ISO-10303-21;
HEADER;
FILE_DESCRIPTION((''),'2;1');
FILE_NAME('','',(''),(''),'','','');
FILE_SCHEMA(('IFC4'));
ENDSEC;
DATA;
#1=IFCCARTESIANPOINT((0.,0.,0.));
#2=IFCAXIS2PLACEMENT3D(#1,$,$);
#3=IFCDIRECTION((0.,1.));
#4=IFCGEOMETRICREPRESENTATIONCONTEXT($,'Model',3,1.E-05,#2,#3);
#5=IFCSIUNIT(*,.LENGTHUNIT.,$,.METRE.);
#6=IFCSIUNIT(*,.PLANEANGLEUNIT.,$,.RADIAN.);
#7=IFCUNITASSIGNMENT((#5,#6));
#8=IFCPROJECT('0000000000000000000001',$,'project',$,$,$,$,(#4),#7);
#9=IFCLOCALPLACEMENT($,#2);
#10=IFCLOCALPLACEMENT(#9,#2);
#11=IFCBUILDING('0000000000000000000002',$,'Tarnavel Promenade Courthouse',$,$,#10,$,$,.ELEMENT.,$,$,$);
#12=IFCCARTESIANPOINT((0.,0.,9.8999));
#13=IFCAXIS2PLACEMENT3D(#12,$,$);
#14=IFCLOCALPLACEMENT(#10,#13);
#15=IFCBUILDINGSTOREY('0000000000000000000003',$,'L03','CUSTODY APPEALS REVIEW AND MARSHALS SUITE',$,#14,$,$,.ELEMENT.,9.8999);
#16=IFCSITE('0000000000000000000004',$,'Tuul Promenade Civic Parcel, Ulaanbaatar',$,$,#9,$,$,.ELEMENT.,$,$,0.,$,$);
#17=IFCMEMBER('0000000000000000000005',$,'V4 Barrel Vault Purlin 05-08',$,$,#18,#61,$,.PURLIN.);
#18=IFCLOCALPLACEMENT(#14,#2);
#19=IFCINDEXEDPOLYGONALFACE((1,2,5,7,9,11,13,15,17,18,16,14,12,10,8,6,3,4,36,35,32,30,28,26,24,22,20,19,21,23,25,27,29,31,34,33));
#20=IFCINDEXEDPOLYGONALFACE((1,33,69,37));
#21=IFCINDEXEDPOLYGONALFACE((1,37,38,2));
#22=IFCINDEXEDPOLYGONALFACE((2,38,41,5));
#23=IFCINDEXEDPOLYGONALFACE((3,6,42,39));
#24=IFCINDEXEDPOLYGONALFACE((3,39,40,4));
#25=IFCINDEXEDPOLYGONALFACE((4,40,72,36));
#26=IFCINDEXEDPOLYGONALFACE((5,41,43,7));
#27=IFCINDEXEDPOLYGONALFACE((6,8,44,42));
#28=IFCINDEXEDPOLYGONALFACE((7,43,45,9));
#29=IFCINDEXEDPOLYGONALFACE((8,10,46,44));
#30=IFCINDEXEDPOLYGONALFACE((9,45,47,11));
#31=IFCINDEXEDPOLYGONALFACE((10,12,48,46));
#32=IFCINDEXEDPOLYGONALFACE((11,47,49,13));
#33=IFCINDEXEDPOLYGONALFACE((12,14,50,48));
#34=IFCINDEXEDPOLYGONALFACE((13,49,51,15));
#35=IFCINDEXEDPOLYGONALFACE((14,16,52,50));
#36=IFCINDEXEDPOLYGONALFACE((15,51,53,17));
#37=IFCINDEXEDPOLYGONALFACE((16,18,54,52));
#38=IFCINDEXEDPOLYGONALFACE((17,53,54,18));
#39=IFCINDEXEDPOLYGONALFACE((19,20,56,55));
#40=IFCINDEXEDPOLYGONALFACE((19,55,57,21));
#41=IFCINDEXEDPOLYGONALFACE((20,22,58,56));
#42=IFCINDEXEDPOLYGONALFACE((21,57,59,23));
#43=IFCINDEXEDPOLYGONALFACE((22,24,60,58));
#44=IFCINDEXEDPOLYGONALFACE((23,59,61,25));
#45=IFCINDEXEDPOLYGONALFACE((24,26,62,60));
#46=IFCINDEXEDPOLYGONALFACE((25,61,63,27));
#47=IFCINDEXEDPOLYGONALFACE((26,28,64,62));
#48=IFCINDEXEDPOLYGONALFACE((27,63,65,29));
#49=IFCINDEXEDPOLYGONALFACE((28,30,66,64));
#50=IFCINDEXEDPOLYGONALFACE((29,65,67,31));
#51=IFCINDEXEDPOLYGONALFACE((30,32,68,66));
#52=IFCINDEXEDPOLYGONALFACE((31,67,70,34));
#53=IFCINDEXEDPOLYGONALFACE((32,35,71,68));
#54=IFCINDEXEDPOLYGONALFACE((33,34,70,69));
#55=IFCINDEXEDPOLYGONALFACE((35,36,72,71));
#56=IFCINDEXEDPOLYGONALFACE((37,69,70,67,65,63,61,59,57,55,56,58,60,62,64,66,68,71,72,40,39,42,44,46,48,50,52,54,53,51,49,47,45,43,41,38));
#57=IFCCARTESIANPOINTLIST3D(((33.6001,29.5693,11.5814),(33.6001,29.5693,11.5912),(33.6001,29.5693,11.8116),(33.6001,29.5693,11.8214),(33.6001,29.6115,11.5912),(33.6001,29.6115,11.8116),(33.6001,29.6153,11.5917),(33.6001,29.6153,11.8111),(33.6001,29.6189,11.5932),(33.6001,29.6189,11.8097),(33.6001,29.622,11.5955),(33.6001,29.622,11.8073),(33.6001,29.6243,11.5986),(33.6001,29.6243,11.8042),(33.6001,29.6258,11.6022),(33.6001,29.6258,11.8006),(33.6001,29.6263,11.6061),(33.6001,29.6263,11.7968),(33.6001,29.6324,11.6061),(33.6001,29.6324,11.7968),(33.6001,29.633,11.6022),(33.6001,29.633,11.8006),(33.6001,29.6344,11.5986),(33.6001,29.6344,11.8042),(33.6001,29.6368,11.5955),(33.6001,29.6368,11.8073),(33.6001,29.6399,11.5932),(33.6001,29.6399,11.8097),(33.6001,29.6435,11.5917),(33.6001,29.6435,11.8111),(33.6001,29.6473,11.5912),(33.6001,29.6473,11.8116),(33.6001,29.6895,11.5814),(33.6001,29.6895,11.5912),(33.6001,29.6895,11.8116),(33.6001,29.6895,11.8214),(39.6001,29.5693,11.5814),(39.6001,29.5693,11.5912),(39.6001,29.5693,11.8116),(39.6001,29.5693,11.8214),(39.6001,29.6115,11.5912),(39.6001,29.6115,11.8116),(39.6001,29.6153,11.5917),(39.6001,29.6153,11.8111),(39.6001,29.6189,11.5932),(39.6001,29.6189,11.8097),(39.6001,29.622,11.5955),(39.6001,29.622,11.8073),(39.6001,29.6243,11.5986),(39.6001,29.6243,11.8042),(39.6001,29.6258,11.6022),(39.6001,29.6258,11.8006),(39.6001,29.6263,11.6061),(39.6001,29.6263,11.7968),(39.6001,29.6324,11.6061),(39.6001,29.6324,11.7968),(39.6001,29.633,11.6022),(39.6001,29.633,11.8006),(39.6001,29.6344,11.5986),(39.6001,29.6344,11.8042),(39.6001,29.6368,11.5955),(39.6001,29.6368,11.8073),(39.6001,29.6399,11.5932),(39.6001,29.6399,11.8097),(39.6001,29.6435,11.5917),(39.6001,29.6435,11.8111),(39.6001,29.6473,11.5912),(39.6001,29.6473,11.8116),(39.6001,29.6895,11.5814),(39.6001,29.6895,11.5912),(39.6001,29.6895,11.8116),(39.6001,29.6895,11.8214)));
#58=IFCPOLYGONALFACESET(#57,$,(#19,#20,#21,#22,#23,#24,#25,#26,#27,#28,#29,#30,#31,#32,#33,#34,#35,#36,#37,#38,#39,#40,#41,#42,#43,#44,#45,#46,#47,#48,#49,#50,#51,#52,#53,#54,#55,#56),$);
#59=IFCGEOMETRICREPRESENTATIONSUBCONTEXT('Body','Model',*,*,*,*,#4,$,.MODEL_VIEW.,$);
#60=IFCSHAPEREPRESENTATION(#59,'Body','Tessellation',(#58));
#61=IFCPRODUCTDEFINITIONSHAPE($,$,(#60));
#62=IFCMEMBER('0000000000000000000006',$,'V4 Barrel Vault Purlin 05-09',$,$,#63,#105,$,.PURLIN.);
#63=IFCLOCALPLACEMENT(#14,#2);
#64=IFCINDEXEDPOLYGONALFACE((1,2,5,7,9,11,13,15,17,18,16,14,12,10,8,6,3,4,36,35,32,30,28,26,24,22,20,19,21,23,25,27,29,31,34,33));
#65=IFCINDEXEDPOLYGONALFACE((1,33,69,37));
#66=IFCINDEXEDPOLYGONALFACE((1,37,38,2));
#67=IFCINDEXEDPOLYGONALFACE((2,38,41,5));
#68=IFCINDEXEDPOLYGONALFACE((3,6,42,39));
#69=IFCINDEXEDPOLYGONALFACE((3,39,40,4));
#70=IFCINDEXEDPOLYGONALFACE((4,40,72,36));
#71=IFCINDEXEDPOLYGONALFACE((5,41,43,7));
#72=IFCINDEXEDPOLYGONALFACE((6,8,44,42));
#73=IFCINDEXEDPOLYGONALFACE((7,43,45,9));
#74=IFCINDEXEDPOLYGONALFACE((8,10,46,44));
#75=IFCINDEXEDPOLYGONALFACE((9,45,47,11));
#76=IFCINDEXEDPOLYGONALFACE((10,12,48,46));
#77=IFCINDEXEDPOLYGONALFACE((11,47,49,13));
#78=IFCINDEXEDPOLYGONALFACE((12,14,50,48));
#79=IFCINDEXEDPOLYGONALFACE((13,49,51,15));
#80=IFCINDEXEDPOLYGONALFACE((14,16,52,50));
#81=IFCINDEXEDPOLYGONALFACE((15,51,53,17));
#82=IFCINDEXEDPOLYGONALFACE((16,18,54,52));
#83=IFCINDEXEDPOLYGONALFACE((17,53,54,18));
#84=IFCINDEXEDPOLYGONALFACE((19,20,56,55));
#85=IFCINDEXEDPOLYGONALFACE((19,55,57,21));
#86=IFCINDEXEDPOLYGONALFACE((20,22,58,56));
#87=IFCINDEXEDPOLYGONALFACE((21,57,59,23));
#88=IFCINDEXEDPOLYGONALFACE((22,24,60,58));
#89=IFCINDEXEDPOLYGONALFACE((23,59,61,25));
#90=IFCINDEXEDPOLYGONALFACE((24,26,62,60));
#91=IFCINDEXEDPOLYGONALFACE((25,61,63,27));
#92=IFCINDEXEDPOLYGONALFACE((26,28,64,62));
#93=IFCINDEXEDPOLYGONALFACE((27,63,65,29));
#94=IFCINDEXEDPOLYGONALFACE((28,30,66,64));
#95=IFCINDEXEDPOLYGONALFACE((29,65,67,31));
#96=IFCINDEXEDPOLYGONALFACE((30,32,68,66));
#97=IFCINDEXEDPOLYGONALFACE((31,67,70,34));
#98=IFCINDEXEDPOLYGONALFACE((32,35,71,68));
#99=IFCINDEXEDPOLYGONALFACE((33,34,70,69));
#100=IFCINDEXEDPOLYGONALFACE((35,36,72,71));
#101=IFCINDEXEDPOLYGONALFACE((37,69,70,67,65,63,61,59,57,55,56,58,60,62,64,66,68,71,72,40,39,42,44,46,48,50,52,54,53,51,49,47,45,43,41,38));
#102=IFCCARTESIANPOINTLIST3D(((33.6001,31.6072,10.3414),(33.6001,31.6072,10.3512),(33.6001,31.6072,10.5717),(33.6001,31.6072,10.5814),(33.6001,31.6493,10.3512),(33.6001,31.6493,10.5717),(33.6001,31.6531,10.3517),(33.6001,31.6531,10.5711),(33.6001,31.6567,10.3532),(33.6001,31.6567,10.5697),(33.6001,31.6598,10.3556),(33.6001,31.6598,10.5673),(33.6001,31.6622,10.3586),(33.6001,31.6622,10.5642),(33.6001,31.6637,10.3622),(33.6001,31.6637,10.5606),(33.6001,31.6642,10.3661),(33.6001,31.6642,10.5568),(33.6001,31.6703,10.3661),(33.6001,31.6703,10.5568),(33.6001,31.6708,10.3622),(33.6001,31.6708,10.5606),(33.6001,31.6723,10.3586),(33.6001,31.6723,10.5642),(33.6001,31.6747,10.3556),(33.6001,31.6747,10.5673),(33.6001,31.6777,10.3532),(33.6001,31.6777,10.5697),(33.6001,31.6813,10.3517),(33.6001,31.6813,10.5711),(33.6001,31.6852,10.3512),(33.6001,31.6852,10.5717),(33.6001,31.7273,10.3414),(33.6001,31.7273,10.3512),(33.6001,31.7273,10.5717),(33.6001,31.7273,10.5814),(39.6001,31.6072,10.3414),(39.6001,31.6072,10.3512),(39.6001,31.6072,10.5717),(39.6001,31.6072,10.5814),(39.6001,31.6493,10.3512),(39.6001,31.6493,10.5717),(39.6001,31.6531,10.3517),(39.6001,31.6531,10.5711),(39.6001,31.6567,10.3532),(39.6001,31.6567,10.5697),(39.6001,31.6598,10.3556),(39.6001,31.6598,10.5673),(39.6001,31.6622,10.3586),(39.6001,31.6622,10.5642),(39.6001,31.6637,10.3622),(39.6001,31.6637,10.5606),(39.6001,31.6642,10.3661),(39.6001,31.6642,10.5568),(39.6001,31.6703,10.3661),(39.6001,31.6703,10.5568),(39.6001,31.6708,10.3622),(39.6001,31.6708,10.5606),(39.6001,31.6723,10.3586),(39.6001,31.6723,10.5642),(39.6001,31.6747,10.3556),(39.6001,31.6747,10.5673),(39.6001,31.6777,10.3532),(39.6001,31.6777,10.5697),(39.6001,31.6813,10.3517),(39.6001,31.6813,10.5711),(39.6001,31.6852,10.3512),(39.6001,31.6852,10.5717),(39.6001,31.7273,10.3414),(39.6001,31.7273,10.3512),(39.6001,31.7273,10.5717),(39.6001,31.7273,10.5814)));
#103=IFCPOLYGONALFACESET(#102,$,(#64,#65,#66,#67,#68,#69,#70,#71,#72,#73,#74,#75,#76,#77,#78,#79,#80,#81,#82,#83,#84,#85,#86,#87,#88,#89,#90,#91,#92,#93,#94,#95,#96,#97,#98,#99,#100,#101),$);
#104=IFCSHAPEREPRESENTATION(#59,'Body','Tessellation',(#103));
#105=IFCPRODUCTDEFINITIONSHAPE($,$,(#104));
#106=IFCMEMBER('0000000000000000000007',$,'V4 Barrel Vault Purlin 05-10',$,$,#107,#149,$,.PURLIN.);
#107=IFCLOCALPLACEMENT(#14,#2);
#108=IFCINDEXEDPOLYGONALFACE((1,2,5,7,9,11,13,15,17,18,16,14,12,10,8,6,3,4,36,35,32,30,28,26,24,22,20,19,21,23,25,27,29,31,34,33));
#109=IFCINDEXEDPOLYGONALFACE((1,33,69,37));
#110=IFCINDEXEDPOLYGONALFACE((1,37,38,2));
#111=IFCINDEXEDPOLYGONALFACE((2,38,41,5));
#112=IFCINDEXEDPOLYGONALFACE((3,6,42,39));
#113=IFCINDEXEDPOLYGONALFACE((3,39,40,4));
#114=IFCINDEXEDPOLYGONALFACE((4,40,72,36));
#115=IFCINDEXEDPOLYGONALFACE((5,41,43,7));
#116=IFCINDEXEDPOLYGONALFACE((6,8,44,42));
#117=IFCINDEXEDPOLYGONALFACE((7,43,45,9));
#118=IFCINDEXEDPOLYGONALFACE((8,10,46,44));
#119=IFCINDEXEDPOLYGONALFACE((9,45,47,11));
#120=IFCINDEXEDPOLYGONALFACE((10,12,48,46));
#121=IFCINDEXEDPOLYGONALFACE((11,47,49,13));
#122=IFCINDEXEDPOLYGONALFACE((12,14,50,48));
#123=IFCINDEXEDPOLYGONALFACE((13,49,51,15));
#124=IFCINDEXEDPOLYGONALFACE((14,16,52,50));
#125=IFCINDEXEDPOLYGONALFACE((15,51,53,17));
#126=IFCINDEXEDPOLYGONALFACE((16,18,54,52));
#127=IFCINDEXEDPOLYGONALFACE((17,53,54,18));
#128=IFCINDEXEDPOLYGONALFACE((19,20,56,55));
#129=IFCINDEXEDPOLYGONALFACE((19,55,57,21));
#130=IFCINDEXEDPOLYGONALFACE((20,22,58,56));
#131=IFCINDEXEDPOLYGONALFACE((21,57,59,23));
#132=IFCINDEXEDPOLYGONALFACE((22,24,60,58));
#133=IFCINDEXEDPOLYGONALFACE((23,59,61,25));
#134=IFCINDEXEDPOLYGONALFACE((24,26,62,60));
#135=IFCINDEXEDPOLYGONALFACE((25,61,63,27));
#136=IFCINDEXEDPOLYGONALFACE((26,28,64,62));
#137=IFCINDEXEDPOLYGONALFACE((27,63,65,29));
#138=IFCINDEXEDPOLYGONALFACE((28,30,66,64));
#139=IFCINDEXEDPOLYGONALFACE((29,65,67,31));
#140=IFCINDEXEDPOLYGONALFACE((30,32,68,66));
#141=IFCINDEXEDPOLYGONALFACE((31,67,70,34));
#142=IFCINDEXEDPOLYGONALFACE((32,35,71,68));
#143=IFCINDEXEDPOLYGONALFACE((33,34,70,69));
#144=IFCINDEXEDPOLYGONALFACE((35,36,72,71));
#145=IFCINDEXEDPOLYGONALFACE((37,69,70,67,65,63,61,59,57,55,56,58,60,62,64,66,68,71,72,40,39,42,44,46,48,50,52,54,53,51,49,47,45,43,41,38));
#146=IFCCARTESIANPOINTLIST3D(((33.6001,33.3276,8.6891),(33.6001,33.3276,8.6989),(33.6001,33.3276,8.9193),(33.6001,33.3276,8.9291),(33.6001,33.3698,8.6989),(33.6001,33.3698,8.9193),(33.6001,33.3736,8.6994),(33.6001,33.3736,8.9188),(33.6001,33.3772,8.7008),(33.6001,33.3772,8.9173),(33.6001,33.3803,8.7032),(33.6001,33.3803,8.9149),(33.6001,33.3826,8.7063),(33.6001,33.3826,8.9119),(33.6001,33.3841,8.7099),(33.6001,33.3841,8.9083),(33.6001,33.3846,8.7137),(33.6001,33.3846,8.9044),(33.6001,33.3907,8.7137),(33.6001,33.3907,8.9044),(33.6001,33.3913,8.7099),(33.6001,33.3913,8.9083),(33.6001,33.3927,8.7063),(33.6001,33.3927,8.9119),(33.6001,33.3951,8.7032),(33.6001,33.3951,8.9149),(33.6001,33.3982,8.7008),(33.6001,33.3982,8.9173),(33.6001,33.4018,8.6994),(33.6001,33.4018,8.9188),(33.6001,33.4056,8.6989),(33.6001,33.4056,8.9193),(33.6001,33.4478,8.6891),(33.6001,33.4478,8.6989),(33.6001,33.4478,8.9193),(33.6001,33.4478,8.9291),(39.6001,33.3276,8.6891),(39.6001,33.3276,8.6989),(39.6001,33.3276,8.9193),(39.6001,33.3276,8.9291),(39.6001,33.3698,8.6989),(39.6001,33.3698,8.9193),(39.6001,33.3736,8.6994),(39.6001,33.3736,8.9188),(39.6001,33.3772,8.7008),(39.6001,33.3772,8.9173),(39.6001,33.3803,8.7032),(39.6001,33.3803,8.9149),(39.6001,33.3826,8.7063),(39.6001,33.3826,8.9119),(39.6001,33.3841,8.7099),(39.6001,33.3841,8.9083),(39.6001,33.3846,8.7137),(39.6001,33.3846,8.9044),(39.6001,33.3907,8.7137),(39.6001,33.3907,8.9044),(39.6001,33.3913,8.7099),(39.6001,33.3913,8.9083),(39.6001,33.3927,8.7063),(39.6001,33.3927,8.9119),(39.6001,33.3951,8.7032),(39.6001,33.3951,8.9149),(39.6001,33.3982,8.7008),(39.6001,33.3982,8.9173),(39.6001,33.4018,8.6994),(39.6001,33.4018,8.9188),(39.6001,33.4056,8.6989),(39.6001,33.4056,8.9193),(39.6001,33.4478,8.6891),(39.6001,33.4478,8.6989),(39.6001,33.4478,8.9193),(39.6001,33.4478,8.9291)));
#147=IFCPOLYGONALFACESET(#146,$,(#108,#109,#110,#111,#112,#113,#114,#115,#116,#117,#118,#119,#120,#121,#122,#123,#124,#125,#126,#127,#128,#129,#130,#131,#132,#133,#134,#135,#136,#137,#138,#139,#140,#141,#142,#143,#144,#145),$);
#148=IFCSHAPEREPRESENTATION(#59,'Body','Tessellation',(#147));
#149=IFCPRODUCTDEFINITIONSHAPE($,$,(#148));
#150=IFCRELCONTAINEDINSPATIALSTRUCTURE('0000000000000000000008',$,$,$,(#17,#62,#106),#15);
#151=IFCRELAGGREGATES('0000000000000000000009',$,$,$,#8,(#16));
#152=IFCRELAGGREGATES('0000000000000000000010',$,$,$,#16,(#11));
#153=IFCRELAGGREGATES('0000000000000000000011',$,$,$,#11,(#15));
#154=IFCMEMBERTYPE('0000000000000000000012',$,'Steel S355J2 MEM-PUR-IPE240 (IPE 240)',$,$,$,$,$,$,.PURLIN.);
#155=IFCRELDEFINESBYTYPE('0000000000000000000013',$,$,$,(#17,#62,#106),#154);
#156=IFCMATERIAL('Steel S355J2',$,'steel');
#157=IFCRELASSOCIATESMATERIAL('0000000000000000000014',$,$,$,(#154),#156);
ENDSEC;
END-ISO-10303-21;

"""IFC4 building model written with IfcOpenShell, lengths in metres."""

from ifc_helpers import new_model, si_unit, direction, frame, origin, origin_2d, place, context, subcontext, project, spatial, i_section, extrude, material, material_profile, profile_set, type_object, element, save


model = new_model("IFC4")

# Units and contexts
model_context = context("Model", 3, precision=1e-05, world=origin(), true_north=direction((0.0, 1.0)))
body_context = subcontext(model_context, "Body", "Model", "MODEL_VIEW")
ifc_project = project(units=[si_unit("LENGTHUNIT", "METRE"), si_unit("PLANEANGLEUNIT", "RADIAN")], contexts=[model_context])

# Site, building, storey
site_placement = place(None, origin())
site = spatial("IfcSite", under=ifc_project, at=site_placement, Name="Tuul Promenade Civic Parcel, Ulaanbaatar", CompositionType="ELEMENT", RefElevation=0.0)
building_placement = place(site_placement, origin())
building = spatial("IfcBuilding", under=site, at=building_placement, Name="Tarnavel Promenade Courthouse", CompositionType="ELEMENT")
storey_placement = place(building_placement, frame((0.0, 0.0, 9.8999)))
storey = spatial("IfcBuildingStorey", under=building, at=storey_placement, Name="L03", Description="CUSTODY APPEALS REVIEW AND MARSHALS SUITE", CompositionType="ELEMENT", Elevation=9.8999)

# Shared definitions
ifc_material_1 = material(Name="Steel S355J2", Category="steel")

# Members
ifc_material_profile_1 = material_profile(ifc_material_1, i_section(OverallWidth=0.1201, OverallDepth=0.24, WebThickness=0.0061, FlangeThickness=0.0098, FilletRadius=0.0149, at=origin_2d()), Name="IPE 240")
ifc_profile_set_1 = profile_set([ifc_material_profile_1], Name="Steel S355J2")
member_type_1 = type_object("IfcMemberType", Name="Steel S355J2 MEM-PUR-IPE240 (IPE 240)", PredefinedType="PURLIN", material=ifc_profile_set_1)
for number, where, z_axis, x_axis, name in (
    (1, (33.6001, 29.6294, 11.7014), (1.0, 0.0, 0.0), (0.0, 1.0, 0.0), "V4 Barrel Vault Purlin 05-08"),
    (2, (33.6001, 31.6672, 10.4614), (1.0, 0.0, 0.0), (0.0, 1.0, 0.0), "V4 Barrel Vault Purlin 05-09"),
    (3, (33.6001, 33.3877, 8.8091), (1.0, 0.0, 0.0), (0.0, 1.0, 0.0), "V4 Barrel Vault Purlin 05-10"),
):
    element("IfcMember", number, at=place(storey_placement, frame(where, z_axis=z_axis, x_axis=x_axis)), inside=storey, type_object=member_type_1, Name=name, PredefinedType="PURLIN", context=body_context, shape_type="SweptSolid", body=[
        extrude(i_section(OverallWidth=0.1201, OverallDepth=0.24, WebThickness=0.0061, FlangeThickness=0.0098, FilletRadius=0.0149, at=origin_2d()), origin(), (0.0, 0.0, 1.0), 6.0),
    ])

save(model, "model.ifc")
